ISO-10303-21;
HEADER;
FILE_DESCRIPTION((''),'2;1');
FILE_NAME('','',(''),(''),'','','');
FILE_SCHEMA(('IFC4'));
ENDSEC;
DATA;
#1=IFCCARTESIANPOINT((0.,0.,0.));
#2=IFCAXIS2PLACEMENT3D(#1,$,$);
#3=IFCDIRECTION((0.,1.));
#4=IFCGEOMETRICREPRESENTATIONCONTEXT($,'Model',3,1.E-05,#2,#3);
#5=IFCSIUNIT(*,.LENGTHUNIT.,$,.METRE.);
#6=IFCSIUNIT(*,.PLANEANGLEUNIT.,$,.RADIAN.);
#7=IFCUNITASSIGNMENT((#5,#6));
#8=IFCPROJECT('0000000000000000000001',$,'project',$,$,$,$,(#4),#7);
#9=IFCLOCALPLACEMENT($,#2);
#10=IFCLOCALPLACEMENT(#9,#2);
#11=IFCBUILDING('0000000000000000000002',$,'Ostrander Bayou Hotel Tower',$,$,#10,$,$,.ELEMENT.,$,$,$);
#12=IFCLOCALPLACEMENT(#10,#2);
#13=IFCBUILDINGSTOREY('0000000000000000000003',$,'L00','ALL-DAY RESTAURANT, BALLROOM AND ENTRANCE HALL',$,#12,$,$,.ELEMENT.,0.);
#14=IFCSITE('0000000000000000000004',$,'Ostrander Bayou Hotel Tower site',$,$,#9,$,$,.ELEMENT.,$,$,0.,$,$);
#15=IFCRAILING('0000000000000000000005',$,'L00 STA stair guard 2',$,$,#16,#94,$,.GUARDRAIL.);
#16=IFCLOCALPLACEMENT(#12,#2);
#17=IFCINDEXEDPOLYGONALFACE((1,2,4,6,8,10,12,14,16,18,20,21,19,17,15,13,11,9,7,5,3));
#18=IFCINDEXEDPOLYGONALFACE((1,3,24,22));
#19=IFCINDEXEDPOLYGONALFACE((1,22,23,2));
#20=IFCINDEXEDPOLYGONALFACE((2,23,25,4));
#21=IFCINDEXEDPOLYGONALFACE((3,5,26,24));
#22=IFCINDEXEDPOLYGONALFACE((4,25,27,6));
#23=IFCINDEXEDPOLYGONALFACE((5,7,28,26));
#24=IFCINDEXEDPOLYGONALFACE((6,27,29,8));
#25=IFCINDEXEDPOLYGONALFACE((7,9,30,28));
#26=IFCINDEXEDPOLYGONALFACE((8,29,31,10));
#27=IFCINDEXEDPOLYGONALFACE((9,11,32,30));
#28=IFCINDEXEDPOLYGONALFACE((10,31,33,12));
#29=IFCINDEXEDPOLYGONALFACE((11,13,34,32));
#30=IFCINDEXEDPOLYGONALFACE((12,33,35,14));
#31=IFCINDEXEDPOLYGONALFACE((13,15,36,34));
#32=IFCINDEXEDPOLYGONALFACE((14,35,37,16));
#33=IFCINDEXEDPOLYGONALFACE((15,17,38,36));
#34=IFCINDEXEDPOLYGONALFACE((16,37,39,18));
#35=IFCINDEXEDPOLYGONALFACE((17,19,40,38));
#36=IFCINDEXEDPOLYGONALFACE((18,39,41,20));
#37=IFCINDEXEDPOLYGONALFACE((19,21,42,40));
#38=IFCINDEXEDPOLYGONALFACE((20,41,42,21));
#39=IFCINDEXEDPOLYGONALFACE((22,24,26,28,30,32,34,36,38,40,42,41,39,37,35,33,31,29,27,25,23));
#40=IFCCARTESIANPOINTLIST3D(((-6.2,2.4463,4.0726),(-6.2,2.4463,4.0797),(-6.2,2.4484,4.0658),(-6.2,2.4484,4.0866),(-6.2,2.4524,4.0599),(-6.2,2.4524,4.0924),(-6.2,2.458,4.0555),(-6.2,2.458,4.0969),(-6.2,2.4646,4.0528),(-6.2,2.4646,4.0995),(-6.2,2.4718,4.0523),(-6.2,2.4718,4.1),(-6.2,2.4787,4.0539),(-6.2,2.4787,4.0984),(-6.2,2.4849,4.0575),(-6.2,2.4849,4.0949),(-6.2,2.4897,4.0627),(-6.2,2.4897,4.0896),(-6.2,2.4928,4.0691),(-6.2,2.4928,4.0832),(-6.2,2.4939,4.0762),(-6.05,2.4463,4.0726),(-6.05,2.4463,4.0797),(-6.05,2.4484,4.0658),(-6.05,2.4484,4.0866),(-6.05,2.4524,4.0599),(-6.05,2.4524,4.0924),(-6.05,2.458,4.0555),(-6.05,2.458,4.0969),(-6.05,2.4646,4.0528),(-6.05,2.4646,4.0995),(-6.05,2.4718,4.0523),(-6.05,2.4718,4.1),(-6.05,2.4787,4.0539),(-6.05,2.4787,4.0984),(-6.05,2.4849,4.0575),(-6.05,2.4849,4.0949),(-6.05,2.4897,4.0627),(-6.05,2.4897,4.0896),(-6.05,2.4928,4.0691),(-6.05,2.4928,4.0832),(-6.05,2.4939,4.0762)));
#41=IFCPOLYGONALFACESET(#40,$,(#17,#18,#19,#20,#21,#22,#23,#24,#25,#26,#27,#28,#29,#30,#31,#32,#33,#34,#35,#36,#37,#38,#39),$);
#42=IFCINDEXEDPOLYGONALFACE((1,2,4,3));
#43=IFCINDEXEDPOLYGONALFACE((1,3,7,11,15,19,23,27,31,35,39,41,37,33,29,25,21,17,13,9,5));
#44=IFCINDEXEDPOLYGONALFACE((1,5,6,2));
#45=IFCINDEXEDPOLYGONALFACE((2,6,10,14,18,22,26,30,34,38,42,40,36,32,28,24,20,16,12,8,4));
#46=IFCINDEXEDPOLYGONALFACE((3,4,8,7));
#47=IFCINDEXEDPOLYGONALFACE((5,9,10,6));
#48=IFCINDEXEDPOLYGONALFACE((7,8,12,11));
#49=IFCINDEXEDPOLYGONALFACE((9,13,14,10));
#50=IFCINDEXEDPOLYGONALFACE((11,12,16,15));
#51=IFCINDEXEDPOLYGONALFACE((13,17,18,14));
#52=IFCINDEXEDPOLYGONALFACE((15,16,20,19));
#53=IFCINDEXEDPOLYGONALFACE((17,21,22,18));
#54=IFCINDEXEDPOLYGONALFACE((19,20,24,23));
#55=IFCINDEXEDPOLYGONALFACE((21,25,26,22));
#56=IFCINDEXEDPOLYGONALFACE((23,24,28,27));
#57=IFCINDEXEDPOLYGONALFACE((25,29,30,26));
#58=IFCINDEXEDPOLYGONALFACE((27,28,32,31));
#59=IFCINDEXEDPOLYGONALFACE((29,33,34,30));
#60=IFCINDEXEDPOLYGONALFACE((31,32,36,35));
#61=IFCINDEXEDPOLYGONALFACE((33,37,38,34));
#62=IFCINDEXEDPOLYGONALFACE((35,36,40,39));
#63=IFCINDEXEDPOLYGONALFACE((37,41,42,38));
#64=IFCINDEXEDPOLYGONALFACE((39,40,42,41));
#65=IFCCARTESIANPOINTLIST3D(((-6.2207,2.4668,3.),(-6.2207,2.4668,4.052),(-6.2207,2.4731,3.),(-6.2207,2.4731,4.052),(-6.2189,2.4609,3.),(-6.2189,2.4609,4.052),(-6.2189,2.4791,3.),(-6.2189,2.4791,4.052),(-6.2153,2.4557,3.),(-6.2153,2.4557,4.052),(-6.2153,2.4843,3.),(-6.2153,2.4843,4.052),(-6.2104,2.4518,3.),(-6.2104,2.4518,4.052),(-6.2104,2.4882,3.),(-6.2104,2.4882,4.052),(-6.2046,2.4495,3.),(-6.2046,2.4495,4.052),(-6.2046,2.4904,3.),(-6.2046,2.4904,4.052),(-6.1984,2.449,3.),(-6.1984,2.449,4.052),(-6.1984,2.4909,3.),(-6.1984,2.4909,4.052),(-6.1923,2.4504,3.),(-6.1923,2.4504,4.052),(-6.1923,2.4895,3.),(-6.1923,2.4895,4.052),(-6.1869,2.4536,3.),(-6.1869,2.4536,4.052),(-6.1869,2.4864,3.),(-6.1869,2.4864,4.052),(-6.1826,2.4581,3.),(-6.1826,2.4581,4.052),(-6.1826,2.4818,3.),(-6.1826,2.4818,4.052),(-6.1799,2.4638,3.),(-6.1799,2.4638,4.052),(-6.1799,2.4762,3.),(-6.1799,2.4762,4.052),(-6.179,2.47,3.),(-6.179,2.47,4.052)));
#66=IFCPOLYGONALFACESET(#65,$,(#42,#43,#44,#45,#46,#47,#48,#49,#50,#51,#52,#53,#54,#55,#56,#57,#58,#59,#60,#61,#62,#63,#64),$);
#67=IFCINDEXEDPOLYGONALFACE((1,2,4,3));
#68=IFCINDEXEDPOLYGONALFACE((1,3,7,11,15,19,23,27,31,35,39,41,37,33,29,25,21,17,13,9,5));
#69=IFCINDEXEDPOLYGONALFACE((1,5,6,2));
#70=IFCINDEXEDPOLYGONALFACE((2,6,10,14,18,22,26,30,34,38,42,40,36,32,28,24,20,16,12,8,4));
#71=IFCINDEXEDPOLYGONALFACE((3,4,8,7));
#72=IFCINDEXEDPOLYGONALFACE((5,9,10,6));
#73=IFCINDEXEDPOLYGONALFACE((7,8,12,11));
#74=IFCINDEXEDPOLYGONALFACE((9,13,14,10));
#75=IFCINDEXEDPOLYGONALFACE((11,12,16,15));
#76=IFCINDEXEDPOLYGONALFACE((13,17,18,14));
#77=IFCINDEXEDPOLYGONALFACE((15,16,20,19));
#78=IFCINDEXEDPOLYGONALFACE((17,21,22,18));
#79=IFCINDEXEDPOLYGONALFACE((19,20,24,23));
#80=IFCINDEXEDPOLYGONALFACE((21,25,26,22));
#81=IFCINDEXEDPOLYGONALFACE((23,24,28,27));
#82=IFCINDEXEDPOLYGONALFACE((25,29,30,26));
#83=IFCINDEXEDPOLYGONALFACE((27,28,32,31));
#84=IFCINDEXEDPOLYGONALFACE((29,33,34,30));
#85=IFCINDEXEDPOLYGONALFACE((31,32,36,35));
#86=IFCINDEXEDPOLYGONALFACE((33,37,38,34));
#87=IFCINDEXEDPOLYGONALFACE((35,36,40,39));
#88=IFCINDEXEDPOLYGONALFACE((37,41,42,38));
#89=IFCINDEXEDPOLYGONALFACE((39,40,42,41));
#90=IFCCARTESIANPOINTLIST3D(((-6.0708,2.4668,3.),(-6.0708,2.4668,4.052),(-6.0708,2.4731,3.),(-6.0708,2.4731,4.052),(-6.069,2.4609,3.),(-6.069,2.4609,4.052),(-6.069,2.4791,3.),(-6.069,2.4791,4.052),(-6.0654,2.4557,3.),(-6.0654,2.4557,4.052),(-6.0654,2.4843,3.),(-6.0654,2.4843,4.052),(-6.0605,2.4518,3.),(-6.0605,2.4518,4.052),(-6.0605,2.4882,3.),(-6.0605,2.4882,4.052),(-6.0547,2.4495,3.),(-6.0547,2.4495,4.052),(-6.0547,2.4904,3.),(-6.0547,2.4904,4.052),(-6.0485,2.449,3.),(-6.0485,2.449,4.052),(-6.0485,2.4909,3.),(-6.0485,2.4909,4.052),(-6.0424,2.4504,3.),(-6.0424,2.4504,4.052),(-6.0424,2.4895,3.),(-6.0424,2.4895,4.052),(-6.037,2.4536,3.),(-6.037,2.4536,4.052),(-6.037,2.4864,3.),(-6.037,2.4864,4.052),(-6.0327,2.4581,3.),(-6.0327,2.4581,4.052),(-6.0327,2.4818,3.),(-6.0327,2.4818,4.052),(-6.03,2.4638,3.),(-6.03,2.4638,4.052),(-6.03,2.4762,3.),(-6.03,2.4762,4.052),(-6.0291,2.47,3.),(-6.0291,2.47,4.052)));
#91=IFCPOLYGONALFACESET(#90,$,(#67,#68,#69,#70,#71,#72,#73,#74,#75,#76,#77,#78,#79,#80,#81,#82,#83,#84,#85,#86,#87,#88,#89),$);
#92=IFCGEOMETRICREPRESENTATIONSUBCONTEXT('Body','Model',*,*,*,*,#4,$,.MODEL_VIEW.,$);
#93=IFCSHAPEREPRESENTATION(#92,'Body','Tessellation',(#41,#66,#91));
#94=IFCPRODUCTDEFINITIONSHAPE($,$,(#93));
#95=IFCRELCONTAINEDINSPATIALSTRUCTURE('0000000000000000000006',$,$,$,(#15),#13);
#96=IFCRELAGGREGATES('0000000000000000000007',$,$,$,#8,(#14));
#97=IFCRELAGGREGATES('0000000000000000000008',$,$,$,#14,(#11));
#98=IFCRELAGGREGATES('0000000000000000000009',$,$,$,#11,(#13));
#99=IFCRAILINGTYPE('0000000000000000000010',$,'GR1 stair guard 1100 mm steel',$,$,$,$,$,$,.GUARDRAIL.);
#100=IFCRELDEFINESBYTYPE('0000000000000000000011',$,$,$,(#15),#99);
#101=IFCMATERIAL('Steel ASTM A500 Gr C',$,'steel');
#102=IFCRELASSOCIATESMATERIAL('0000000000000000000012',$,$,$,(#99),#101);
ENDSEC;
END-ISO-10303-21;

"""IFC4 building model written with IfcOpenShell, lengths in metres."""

from ifc_helpers import new_model, si_unit, direction, frame, origin, origin_2d, place, context, subcontext, project, spatial, circle, extrude, material, type_object, element, save


model = new_model("IFC4")

# Units and contexts
model_context = context("Model", 3, precision=1e-05, world=origin(), true_north=direction((0.0, 1.0)))
body_context = subcontext(model_context, "Body", "Model", "MODEL_VIEW")
ifc_project = project(units=[si_unit("LENGTHUNIT", "METRE"), si_unit("PLANEANGLEUNIT", "RADIAN")], contexts=[model_context])

# Site, building, storey
site_placement = place(None, origin())
site = spatial("IfcSite", under=ifc_project, at=site_placement, Name="Ostrander Bayou Hotel Tower site", CompositionType="ELEMENT", RefElevation=0.0)
building_placement = place(site_placement, origin())
building = spatial("IfcBuilding", under=site, at=building_placement, Name="Ostrander Bayou Hotel Tower", CompositionType="ELEMENT")
storey_placement = place(building_placement, origin())
storey = spatial("IfcBuildingStorey", under=building, at=storey_placement, Name="L00", Description="ALL-DAY RESTAURANT, BALLROOM AND ENTRANCE HALL", CompositionType="ELEMENT", Elevation=0.0)

# Railing
ifc_material_1 = material(Name="Steel ASTM A500 Gr C", Category="steel")
railing_type_1 = type_object("IfcRailingType", Name="GR1 stair guard 1100 mm steel", PredefinedType="GUARDRAIL", material=ifc_material_1)
railing_1_placement = place(storey_placement, frame((-6.2, 2.47, 3.0)))
element("IfcRailing", 1, at=railing_1_placement, inside=storey, type_object=railing_type_1, Name="L00 STA stair guard 2", PredefinedType="GUARDRAIL", context=body_context, shape_type="SweptSolid", body=[
    extrude(circle(Radius=0.0239, at=origin_2d()), frame((0.0, 0.0, 1.0762), z_axis=(1.0, 0.0, 0.0), x_axis=(0.0, 1.0, 0.0)), (0.0, 0.0, 1.0), 0.1499),
    extrude(circle(Radius=0.021, at=origin_2d()), origin(), (0.0, 0.0, 1.0), 1.052),
    extrude(circle(Radius=0.021, at=origin_2d()), frame((0.1499, 0.0, 0.0)), (0.0, 0.0, 1.0), 1.052),
])

save(model, "model.ifc")
